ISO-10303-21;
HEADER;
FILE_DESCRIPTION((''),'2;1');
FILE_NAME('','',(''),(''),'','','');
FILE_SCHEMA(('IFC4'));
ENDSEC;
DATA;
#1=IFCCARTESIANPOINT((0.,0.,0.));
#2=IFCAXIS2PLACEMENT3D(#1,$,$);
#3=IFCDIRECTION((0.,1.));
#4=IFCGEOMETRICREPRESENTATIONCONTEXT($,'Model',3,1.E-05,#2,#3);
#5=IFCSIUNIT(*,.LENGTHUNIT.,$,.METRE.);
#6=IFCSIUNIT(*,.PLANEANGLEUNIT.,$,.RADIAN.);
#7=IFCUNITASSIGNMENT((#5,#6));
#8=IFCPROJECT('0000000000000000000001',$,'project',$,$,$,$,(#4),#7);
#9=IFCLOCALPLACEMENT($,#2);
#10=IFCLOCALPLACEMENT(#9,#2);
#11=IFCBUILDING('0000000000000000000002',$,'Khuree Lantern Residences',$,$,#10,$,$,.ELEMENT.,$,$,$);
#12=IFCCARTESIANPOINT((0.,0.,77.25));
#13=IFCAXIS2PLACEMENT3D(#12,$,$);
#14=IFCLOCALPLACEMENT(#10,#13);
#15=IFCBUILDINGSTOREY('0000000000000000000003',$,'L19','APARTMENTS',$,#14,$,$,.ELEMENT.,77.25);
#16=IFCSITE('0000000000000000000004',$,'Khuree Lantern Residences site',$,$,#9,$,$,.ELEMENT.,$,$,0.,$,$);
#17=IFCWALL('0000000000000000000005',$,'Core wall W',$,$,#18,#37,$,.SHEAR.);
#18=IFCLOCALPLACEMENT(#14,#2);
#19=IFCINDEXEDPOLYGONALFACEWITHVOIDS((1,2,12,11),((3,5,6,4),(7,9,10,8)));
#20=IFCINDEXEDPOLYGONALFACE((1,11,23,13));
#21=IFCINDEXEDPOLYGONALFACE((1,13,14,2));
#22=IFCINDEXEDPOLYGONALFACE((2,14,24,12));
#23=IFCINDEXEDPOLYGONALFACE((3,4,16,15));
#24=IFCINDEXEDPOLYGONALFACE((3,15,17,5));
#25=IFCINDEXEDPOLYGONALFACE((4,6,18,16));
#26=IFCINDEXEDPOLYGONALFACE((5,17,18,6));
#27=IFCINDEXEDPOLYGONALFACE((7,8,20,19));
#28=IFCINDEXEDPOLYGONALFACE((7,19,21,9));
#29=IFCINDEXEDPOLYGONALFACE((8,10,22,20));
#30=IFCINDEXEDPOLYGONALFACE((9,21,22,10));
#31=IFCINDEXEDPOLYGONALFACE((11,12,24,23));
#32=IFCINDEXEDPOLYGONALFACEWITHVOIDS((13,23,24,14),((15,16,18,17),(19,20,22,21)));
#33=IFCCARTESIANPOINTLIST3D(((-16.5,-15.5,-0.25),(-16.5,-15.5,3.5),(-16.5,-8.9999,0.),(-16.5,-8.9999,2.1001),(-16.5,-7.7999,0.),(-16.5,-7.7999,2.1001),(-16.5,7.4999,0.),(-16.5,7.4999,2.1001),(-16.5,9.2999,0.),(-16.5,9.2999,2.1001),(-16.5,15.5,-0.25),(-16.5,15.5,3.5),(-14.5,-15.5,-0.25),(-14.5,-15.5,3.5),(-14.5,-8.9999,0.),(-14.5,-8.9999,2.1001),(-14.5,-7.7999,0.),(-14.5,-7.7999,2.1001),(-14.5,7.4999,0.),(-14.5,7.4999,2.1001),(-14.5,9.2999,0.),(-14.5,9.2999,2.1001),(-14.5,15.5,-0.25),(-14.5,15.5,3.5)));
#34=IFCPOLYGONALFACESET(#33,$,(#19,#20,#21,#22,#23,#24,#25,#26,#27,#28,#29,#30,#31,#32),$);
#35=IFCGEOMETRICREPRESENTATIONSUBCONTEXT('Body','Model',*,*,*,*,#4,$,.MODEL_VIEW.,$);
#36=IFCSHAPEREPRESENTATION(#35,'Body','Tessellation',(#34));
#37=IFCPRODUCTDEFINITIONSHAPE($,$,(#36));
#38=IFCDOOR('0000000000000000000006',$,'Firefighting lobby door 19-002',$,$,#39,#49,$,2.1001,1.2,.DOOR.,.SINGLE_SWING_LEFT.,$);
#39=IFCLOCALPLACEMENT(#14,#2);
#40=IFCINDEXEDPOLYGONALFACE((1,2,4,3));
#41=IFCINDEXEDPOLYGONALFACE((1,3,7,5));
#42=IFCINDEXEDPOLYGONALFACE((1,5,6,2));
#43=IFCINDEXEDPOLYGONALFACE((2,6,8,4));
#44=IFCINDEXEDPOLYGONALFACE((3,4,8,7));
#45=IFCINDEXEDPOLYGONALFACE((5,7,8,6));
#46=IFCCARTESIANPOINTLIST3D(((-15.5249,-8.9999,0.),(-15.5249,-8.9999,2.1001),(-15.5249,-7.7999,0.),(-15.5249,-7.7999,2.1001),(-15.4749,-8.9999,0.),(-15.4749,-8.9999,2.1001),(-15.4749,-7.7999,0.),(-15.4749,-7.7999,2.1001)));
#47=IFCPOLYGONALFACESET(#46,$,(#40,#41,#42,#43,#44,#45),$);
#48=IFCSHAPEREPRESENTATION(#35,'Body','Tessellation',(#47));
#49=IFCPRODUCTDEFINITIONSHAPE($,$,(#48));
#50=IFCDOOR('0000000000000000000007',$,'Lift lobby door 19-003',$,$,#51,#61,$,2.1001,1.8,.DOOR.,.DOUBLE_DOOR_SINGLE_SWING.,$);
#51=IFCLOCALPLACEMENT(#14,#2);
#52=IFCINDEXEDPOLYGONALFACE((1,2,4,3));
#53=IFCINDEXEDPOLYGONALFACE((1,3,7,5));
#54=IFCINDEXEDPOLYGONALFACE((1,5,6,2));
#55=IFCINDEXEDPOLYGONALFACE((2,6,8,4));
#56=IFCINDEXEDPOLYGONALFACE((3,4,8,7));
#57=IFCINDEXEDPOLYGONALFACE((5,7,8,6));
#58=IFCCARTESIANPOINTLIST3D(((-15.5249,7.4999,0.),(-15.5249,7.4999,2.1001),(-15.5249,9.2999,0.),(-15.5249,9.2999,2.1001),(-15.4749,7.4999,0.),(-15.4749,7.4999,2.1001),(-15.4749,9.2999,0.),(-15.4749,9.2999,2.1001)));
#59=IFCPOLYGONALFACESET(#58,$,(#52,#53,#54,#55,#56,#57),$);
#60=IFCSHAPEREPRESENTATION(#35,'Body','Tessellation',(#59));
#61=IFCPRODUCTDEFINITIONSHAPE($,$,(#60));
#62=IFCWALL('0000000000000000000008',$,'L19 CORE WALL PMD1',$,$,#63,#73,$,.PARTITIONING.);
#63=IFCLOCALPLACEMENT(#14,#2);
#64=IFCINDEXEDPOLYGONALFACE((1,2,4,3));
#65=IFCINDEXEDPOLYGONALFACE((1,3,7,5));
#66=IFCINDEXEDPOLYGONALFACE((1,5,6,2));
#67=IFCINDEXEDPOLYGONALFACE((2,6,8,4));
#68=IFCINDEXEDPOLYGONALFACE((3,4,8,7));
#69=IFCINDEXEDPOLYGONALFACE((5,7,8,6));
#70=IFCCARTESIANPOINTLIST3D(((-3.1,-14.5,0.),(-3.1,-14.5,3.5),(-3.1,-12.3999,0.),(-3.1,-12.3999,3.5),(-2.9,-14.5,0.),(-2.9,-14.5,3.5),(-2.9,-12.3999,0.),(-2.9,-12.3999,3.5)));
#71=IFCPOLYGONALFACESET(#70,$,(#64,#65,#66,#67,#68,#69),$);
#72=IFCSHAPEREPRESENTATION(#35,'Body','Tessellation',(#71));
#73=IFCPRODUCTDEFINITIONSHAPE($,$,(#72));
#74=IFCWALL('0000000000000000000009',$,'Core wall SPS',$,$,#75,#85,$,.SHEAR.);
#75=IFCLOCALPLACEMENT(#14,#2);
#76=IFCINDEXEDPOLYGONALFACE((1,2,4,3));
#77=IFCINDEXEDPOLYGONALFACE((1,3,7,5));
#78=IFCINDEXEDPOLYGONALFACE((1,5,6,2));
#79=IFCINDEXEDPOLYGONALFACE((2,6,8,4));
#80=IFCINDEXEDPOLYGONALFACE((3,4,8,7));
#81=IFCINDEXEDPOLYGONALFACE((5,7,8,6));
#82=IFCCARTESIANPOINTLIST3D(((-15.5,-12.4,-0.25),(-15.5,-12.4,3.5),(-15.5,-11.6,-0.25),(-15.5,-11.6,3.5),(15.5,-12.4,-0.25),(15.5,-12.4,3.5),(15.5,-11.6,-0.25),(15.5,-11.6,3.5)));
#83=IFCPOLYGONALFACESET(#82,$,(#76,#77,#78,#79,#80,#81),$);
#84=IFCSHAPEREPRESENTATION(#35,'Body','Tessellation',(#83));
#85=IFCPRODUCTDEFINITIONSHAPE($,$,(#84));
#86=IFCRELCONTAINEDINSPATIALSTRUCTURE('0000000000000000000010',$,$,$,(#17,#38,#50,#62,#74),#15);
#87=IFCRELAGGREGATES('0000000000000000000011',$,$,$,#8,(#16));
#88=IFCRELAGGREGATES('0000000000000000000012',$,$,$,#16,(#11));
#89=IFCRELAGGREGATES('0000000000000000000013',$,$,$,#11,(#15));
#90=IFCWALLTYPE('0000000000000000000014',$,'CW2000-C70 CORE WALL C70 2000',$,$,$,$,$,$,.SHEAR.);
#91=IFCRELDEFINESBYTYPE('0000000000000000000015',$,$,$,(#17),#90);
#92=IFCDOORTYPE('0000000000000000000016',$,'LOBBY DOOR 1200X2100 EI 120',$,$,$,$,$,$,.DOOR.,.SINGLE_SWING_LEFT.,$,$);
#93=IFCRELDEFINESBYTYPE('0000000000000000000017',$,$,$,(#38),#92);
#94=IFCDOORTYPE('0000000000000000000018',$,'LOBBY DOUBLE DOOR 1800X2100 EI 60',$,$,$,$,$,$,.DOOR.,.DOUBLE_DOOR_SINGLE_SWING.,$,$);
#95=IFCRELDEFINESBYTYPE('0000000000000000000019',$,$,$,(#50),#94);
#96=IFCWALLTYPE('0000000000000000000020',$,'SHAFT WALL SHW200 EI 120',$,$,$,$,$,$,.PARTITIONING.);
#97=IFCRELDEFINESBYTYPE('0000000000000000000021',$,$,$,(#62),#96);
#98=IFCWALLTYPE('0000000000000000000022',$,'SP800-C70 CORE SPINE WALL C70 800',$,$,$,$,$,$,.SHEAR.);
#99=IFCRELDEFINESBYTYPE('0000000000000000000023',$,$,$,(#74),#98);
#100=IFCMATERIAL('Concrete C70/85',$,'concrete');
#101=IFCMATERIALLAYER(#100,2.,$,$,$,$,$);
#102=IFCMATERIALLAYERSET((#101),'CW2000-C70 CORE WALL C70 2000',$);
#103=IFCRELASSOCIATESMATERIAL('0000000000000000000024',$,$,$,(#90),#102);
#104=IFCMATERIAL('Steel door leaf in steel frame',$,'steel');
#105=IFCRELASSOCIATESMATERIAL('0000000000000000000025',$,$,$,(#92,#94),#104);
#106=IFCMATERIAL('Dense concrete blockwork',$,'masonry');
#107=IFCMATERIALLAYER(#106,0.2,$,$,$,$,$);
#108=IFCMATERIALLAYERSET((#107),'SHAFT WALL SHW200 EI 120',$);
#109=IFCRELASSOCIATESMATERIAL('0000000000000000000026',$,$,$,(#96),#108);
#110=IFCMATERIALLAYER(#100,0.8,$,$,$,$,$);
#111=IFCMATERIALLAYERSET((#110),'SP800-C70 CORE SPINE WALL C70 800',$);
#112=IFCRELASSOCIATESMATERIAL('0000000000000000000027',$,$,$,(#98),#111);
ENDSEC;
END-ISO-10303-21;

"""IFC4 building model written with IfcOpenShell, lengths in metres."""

from ifc_helpers import new_model, si_unit, direction, frame, frame_2d, origin, place, context, subcontext, project, spatial, rectangle, extrude, material, layer, layer_set, type_object, element, fill, save


model = new_model("IFC4")

# Units and contexts
model_context = context("Model", 3, precision=1e-05, world=origin(), true_north=direction((0.0, 1.0)))
body_context = subcontext(model_context, "Body", "Model", "MODEL_VIEW")
ifc_project = project(units=[si_unit("LENGTHUNIT", "METRE"), si_unit("PLANEANGLEUNIT", "RADIAN")], contexts=[model_context])

# Site, building, storey
site_placement = place(None, origin())
site = spatial("IfcSite", under=ifc_project, at=site_placement, Name="Khuree Lantern Residences site", CompositionType="ELEMENT", RefElevation=0.0)
building_placement = place(site_placement, origin())
building = spatial("IfcBuilding", under=site, at=building_placement, Name="Khuree Lantern Residences", CompositionType="ELEMENT")
storey_placement = place(building_placement, frame((0.0, 0.0, 77.25)))
storey = spatial("IfcBuildingStorey", under=building, at=storey_placement, Name="L19", Description="APARTMENTS", CompositionType="ELEMENT", Elevation=77.25)

# Shared definitions
ifc_material_1 = material(Name="Concrete C70/85", Category="concrete")

# Shared definitions
ifc_material_2 = material(Name="Dense concrete blockwork", Category="masonry")

# Shared definitions
ifc_layer_1 = layer(ifc_material_1, 2.0)
ifc_layer_set_1 = layer_set([ifc_layer_1], Name="CW2000-C70 CORE WALL C70 2000")
wall_type_1 = type_object("IfcWallType", Name="CW2000-C70 CORE WALL C70 2000", PredefinedType="SHEAR", material=ifc_layer_set_1)

# Wall, openings, doors
wall_1_placement = place(storey_placement, frame((-15.5, -15.5, -0.25), z_axis=(0.0, 0.0, 1.0), x_axis=(0.0, 1.0, 0.0)))
wall_1 = element("IfcWall", 1, at=wall_1_placement, inside=storey, type_object=wall_type_1, Name="Core wall W", PredefinedType="SHEAR", context=body_context, shape_type="SweptSolid", body=[
    extrude(rectangle(XDim=31.0, YDim=2.0, at=frame_2d((15.5, 0.0))), origin(), (0.0, 0.0, 1.0), 3.75),
])
opening_1_placement = place(wall_1_placement, frame((6.5, 0.0, 0.25)))
opening_1 = element("IfcOpeningElement", 2, at=opening_1_placement, cuts=wall_1, PredefinedType="OPENING", context=body_context, shape_type="SweptSolid", body=[
    extrude(rectangle(XDim=1.2, YDim=2.1001, at=frame_2d((0.6001, 1.05))), frame((0.0, 1.01, 0.0), z_axis=(0.0, -1.0, 0.0), x_axis=(1.0, 0.0, 0.0)), (0.0, 0.0, 1.0), 2.02),
])
opening_2_placement = place(wall_1_placement, frame((23.0, 0.0, 0.25)))
opening_2 = element("IfcOpeningElement", 3, at=opening_2_placement, cuts=wall_1, PredefinedType="OPENING", context=body_context, shape_type="SweptSolid", body=[
    extrude(rectangle(XDim=1.8, YDim=2.1001, at=frame_2d((0.8999, 1.05))), frame((0.0, 1.01, 0.0), z_axis=(0.0, -1.0, 0.0), x_axis=(1.0, 0.0, 0.0)), (0.0, 0.0, 1.0), 2.02),
])
ifc_material_3 = material(Name="Steel door leaf in steel frame", Category="steel")
door_type_1 = type_object("IfcDoorType", Name="LOBBY DOOR 1200X2100 EI 120", OperationType="SINGLE_SWING_LEFT", PredefinedType="DOOR", material=ifc_material_3)
door_1_placement = place(opening_1_placement, origin())
door_1 = element("IfcDoor", 4, at=door_1_placement, inside=storey, type_object=door_type_1, Name="Firefighting lobby door 19-002", OperationType="SINGLE_SWING_LEFT", OverallHeight=2.1001, OverallWidth=1.2, PredefinedType="DOOR", context=body_context, shape_type="SweptSolid", body=[
    extrude(rectangle(XDim=1.2, YDim=2.1001, at=frame_2d((0.6001, 1.05))), frame((0.0, 0.0249, 0.0), z_axis=(0.0, -1.0, 0.0), x_axis=(1.0, 0.0, 0.0)), (0.0, 0.0, 1.0), 0.05),
])
fill(opening_1, door_1)
door_type_2 = type_object("IfcDoorType", Name="LOBBY DOUBLE DOOR 1800X2100 EI 60", OperationType="DOUBLE_DOOR_SINGLE_SWING", PredefinedType="DOOR", material=ifc_material_3)
door_2_placement = place(opening_2_placement, origin())
door_2 = element("IfcDoor", 5, at=door_2_placement, inside=storey, type_object=door_type_2, Name="Lift lobby door 19-003", OperationType="DOUBLE_DOOR_SINGLE_SWING", OverallHeight=2.1001, OverallWidth=1.8, PredefinedType="DOOR", context=body_context, shape_type="SweptSolid", body=[
    extrude(rectangle(XDim=1.8, YDim=2.1001, at=frame_2d((0.8999, 1.05))), frame((0.0, 0.0249, 0.0), z_axis=(0.0, -1.0, 0.0), x_axis=(1.0, 0.0, 0.0)), (0.0, 0.0, 1.0), 0.05),
])
fill(opening_2, door_2)

# Walls
ifc_layer_2 = layer(ifc_material_2, 0.2)
ifc_layer_set_2 = layer_set([ifc_layer_2], Name="SHAFT WALL SHW200 EI 120")
wall_type_2 = type_object("IfcWallType", Name="SHAFT WALL SHW200 EI 120", PredefinedType="PARTITIONING", material=ifc_layer_set_2)
wall_2_placement = place(storey_placement, frame((-3.0, -14.5, 0.0), z_axis=(0.0, 0.0, 1.0), x_axis=(0.0, 1.0, 0.0)))
element("IfcWall", 6, at=wall_2_placement, inside=storey, type_object=wall_type_2, Name="L19 CORE WALL PMD1", PredefinedType="PARTITIONING", context=body_context, shape_type="SweptSolid", body=[
    extrude(rectangle(XDim=2.1001, YDim=0.2, at=frame_2d((1.05, 0.0))), origin(), (0.0, 0.0, 1.0), 3.5),
])
ifc_layer_3 = layer(ifc_material_1, 0.8)
ifc_layer_set_3 = layer_set([ifc_layer_3], Name="SP800-C70 CORE SPINE WALL C70 800")
wall_type_3 = type_object("IfcWallType", Name="SP800-C70 CORE SPINE WALL C70 800", PredefinedType="SHEAR", material=ifc_layer_set_3)
wall_3_placement = place(storey_placement, frame((-15.5, -12.0, -0.25), z_axis=(0.0, 0.0, 1.0), x_axis=(1.0, 0.0, 0.0)))
element("IfcWall", 7, at=wall_3_placement, inside=storey, type_object=wall_type_3, Name="Core wall SPS", PredefinedType="SHEAR", context=body_context, shape_type="SweptSolid", body=[
    extrude(rectangle(XDim=31.0, YDim=0.8, at=frame_2d((15.5, 0.0))), origin(), (0.0, 0.0, 1.0), 3.75),
])

save(model, "model.ifc")
